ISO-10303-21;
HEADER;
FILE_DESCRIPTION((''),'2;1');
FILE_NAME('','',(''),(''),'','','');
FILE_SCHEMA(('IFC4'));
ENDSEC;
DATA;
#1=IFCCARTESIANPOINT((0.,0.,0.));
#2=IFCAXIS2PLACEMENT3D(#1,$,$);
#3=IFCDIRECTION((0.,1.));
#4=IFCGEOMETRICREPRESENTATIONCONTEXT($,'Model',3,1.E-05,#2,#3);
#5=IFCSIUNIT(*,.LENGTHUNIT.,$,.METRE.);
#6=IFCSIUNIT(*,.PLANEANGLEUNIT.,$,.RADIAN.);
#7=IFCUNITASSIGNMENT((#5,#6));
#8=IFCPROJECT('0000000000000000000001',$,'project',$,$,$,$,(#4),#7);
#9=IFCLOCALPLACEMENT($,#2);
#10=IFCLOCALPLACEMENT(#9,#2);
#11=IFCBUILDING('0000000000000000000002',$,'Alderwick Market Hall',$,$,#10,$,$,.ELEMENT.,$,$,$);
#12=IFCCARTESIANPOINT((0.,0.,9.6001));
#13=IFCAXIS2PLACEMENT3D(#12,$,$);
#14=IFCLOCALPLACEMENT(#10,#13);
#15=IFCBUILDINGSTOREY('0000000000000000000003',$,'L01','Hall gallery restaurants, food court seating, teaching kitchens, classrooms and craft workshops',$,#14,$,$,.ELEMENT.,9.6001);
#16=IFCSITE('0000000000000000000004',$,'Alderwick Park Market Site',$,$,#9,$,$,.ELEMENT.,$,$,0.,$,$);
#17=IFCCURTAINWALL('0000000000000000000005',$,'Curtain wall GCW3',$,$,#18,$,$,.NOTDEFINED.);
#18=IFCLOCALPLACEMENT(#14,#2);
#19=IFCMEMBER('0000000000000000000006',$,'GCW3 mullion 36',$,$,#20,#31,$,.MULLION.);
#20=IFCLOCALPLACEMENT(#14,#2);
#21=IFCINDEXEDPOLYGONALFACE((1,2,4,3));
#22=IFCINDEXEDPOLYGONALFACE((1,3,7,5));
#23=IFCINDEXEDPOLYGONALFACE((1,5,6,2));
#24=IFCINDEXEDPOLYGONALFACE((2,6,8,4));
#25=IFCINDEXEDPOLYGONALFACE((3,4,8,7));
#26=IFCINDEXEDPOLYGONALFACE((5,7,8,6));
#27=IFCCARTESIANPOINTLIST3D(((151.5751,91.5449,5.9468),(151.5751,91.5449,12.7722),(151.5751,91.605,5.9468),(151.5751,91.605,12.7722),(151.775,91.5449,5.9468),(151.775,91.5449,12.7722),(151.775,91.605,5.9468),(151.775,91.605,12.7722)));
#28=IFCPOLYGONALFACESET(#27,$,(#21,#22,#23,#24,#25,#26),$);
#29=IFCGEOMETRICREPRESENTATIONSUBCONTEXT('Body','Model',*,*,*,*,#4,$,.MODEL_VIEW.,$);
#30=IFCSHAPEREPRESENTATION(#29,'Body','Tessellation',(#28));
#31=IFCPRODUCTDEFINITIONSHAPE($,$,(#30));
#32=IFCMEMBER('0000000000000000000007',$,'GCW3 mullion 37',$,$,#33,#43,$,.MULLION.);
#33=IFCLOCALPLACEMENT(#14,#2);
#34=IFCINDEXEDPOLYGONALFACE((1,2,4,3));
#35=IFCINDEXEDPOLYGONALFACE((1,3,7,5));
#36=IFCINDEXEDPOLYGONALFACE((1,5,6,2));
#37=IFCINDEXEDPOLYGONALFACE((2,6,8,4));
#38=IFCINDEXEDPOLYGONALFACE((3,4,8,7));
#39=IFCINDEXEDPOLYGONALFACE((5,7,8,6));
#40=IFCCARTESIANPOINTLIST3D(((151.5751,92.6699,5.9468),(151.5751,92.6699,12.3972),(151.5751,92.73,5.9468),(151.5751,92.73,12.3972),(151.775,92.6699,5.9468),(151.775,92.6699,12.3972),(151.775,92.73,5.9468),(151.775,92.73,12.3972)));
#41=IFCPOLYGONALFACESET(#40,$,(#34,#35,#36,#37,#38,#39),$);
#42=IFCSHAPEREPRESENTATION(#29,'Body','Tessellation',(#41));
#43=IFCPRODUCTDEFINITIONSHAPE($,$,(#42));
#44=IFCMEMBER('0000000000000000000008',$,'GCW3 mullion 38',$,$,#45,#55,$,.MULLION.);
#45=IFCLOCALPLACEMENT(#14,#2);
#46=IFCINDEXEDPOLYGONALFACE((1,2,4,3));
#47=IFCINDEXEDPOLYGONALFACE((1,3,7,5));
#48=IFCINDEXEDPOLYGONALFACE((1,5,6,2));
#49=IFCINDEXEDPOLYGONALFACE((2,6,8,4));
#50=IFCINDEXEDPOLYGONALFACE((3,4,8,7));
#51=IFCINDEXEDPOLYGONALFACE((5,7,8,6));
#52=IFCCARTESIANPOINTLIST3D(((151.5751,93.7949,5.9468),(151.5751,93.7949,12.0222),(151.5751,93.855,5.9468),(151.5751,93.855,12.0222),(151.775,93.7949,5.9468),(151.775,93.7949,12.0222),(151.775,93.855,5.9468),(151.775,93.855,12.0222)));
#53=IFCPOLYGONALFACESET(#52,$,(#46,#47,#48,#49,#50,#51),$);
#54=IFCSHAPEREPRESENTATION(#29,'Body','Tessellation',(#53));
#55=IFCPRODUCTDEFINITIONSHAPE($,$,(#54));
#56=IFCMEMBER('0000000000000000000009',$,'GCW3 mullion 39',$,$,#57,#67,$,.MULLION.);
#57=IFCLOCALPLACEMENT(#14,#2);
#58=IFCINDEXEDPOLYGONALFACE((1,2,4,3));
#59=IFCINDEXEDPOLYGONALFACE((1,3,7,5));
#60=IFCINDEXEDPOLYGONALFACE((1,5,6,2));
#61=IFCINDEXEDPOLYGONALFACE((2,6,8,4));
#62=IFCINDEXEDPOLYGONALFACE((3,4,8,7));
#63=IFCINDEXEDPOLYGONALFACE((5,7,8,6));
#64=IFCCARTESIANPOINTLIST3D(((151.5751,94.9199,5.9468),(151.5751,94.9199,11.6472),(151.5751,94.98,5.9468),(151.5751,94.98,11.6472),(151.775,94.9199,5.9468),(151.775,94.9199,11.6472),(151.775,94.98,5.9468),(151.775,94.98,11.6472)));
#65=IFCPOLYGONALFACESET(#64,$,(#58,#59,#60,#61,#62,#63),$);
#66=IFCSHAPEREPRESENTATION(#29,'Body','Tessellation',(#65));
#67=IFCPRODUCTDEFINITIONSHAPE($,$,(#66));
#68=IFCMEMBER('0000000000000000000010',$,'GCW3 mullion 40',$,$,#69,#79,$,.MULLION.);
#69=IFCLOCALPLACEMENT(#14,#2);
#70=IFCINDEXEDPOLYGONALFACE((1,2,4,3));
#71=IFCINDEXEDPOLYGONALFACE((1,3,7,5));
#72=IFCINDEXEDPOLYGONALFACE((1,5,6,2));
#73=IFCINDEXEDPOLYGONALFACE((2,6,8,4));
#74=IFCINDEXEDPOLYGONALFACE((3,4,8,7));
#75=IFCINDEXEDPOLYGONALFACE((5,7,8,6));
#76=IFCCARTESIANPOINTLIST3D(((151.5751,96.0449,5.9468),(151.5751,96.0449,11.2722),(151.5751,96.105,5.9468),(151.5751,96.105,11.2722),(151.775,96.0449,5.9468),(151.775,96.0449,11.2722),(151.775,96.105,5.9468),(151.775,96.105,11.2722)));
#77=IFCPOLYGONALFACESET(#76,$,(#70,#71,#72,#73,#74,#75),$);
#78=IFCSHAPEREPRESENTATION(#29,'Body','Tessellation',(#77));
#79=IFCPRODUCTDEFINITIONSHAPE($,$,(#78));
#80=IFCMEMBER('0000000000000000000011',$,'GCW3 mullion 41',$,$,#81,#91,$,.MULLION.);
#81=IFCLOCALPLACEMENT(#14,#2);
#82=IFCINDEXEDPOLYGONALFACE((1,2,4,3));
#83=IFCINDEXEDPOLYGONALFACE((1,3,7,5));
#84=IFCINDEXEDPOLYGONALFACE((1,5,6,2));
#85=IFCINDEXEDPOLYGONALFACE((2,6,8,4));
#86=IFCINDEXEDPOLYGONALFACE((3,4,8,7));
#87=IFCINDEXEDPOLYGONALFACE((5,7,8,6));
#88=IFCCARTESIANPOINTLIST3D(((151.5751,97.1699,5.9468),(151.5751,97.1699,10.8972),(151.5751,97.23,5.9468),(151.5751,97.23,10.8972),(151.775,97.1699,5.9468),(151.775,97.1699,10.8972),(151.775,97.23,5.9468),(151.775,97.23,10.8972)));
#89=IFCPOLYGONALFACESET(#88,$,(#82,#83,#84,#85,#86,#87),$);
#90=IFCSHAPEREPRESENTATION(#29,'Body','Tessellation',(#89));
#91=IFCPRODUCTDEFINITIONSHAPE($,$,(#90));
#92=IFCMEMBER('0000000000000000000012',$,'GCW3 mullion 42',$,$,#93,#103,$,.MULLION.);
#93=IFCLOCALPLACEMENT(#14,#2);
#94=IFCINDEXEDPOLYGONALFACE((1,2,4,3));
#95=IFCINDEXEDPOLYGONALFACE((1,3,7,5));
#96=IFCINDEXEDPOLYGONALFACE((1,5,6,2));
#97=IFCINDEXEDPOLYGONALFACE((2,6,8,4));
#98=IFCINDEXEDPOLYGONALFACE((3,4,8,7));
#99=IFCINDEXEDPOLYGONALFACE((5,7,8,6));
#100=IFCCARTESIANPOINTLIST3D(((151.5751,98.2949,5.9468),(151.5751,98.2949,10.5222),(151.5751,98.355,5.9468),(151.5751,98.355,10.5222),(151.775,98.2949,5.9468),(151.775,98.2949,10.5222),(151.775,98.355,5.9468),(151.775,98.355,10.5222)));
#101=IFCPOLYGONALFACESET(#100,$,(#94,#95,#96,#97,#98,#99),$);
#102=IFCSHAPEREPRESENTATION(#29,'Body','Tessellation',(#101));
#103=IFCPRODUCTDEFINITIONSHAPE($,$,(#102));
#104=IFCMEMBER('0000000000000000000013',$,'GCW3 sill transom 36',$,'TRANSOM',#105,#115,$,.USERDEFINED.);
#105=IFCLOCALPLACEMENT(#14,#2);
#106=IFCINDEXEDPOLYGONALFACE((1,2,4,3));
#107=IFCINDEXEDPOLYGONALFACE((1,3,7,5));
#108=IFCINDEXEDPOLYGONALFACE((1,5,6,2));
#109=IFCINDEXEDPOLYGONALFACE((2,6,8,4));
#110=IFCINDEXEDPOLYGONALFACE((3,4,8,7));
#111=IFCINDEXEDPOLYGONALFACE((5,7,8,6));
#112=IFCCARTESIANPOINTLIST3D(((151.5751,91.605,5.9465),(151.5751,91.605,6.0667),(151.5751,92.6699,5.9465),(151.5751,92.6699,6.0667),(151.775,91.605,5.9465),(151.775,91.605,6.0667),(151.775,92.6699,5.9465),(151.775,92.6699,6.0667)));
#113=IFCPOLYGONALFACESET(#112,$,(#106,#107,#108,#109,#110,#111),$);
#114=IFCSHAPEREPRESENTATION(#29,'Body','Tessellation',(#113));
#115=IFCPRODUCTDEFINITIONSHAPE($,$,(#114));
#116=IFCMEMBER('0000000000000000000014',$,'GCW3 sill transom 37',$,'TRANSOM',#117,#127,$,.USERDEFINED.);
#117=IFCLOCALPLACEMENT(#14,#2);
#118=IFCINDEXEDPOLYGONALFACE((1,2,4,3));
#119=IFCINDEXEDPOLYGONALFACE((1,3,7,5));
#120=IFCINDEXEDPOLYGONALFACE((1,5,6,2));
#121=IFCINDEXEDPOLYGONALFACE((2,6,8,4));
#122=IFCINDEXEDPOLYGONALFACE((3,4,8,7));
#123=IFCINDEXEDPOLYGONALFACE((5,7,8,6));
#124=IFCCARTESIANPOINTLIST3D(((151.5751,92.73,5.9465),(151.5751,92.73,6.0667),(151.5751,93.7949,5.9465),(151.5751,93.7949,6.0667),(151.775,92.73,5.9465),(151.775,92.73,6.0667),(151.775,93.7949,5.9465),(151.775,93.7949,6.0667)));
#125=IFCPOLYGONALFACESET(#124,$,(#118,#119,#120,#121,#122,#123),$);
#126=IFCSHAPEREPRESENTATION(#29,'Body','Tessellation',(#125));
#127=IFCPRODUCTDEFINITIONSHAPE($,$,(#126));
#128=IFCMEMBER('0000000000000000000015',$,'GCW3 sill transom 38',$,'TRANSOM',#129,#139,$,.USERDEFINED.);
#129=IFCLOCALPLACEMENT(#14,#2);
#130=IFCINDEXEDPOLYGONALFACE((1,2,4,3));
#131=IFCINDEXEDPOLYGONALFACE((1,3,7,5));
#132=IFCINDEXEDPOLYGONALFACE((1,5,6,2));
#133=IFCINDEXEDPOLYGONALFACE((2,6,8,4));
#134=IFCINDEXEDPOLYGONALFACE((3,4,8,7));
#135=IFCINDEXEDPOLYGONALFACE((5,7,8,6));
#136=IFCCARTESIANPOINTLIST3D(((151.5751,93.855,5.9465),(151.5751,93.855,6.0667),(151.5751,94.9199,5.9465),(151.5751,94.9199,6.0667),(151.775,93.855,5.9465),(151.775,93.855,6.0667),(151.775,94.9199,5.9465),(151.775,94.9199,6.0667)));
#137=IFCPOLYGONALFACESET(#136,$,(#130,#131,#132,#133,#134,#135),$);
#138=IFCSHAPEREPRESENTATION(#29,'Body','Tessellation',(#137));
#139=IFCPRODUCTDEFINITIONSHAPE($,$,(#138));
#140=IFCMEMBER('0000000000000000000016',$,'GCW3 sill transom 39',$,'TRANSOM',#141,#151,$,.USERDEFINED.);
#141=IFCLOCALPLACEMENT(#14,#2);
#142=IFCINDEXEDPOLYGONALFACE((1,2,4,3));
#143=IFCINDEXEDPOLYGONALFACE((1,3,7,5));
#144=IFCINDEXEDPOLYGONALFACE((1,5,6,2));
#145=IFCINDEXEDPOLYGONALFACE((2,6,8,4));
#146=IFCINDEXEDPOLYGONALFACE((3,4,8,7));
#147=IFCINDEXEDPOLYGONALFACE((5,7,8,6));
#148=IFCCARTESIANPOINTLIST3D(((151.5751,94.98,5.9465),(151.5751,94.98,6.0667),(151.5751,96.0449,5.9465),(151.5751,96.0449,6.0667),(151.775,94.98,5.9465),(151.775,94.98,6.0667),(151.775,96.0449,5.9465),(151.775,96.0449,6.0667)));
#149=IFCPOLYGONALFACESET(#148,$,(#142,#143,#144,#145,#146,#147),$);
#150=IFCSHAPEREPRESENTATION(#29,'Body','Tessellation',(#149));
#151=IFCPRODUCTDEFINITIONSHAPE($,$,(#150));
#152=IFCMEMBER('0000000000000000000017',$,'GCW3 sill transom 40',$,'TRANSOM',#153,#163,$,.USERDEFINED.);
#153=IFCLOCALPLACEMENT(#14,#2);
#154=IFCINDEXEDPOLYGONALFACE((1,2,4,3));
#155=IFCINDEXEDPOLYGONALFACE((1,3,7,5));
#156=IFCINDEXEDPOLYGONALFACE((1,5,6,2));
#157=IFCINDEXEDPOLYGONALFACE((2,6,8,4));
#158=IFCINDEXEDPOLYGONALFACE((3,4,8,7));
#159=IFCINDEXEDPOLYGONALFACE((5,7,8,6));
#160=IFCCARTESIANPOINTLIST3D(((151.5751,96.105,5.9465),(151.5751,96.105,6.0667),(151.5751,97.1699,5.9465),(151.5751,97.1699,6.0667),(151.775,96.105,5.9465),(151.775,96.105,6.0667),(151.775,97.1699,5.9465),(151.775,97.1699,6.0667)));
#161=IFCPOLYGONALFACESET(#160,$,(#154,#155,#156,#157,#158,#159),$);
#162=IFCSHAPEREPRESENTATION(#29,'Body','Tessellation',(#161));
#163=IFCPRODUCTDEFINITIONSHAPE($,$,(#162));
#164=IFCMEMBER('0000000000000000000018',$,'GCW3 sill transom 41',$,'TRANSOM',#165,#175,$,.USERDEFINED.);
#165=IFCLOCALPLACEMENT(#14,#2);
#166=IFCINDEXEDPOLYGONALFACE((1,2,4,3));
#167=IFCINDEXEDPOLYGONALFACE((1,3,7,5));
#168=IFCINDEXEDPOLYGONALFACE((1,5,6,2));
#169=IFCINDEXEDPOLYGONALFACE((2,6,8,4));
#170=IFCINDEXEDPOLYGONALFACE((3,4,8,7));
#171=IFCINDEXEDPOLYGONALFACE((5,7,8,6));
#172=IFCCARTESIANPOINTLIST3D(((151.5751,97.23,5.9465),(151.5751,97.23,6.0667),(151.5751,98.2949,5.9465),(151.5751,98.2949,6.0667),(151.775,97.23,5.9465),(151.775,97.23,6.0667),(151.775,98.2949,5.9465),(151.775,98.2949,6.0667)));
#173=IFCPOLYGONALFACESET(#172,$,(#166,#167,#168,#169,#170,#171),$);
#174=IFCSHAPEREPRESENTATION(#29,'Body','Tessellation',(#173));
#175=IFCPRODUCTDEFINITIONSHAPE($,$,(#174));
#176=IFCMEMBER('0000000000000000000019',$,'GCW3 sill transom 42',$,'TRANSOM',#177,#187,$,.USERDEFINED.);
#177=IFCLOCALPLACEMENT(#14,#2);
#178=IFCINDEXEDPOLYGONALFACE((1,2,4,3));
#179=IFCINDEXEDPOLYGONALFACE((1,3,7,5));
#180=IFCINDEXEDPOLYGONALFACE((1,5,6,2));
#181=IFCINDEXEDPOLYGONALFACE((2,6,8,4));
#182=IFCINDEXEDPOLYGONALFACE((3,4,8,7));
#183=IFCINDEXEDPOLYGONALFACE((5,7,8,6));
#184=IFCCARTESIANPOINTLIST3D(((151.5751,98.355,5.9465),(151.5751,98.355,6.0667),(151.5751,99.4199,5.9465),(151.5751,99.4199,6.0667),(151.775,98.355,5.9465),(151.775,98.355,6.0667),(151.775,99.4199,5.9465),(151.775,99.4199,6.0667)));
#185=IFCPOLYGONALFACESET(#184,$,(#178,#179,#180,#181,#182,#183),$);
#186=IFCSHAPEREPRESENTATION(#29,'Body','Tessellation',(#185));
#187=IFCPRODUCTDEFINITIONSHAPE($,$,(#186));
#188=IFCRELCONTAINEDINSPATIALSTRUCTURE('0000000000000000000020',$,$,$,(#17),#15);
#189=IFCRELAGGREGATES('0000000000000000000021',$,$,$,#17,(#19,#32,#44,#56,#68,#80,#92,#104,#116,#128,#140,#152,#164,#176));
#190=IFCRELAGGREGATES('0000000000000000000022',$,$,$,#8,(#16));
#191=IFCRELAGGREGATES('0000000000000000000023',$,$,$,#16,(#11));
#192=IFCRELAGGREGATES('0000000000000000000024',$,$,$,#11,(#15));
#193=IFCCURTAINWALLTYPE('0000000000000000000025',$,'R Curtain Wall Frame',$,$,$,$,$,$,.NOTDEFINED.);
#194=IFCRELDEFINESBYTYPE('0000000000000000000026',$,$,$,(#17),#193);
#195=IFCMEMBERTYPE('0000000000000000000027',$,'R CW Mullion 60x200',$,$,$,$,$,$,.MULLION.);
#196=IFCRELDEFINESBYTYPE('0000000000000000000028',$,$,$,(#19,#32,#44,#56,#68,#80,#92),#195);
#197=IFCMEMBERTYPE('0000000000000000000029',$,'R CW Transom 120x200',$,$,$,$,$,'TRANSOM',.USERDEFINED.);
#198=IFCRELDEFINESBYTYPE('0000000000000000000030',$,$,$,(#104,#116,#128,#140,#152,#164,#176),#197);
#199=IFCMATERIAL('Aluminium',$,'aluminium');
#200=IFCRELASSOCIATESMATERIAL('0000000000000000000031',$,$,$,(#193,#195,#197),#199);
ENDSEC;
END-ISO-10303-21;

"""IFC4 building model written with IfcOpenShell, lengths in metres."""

from ifc_helpers import new_model, si_unit, direction, frame, origin, origin_2d, place, context, subcontext, project, spatial, rectangle, extrude, material, material_profile, profile_set, type_object, element, aggregate, save


model = new_model("IFC4")

# Units and contexts
model_context = context("Model", 3, precision=1e-05, world=origin(), true_north=direction((0.0, 1.0)))
body_context = subcontext(model_context, "Body", "Model", "MODEL_VIEW")
ifc_project = project(units=[si_unit("LENGTHUNIT", "METRE"), si_unit("PLANEANGLEUNIT", "RADIAN")], contexts=[model_context])

# Site, building, storey
site_placement = place(None, origin())
site = spatial("IfcSite", under=ifc_project, at=site_placement, Name="Alderwick Park Market Site", CompositionType="ELEMENT", RefElevation=0.0)
building_placement = place(site_placement, origin())
building = spatial("IfcBuilding", under=site, at=building_placement, Name="Alderwick Market Hall", CompositionType="ELEMENT")
storey_placement = place(building_placement, frame((0.0, 0.0, 9.6001)))
storey = spatial("IfcBuildingStorey", under=building, at=storey_placement, Name="L01", Description="Hall gallery restaurants, food court seating, teaching kitchens, classrooms and craft workshops", CompositionType="ELEMENT", Elevation=9.6001)

# Curtain wall, members
ifc_material_1 = material(Name="Aluminium", Category="aluminium")
curtain_wall_type = type_object("IfcCurtainWallType", Name="R Curtain Wall Frame", PredefinedType="NOTDEFINED", material=ifc_material_1)
curtain_wall_placement = place(storey_placement, origin())
curtain_wall = element("IfcCurtainWall", 1, at=curtain_wall_placement, inside=storey, type_object=curtain_wall_type, Name="Curtain wall GCW3", PredefinedType="NOTDEFINED")
ifc_material_profile_1 = material_profile(ifc_material_1, rectangle(XDim=0.2, YDim=0.0601, at=origin_2d()), Name="AL 60x200")
ifc_profile_set_1 = profile_set([ifc_material_profile_1], Name="Aluminium")
member_type_1 = type_object("IfcMemberType", Name="R CW Mullion 60x200", PredefinedType="MULLION", material=ifc_profile_set_1)
member_1_placement = place(storey_placement, frame((151.675, 91.575, 5.9468), z_axis=(0.0, 0.0, 1.0), x_axis=(1.0, 0.0, 0.0)))
member_1 = element("IfcMember", 2, at=member_1_placement, type_object=member_type_1, Name="GCW3 mullion 36", PredefinedType="MULLION", context=body_context, shape_type="SweptSolid", body=[
    extrude(rectangle(XDim=0.2, YDim=0.0601, at=origin_2d()), origin(), (0.0, 0.0, 1.0), 6.8254),
])
member_2_placement = place(storey_placement, frame((151.675, 92.7, 5.9468), z_axis=(0.0, 0.0, 1.0), x_axis=(1.0, 0.0, 0.0)))
member_2 = element("IfcMember", 3, at=member_2_placement, type_object=member_type_1, Name="GCW3 mullion 37", PredefinedType="MULLION", context=body_context, shape_type="SweptSolid", body=[
    extrude(rectangle(XDim=0.2, YDim=0.0601, at=origin_2d()), origin(), (0.0, 0.0, 1.0), 6.4504),
])
member_3_placement = place(storey_placement, frame((151.675, 93.825, 5.9468), z_axis=(0.0, 0.0, 1.0), x_axis=(1.0, 0.0, 0.0)))
member_3 = element("IfcMember", 4, at=member_3_placement, type_object=member_type_1, Name="GCW3 mullion 38", PredefinedType="MULLION", context=body_context, shape_type="SweptSolid", body=[
    extrude(rectangle(XDim=0.2, YDim=0.0601, at=origin_2d()), origin(), (0.0, 0.0, 1.0), 6.0754),
])
member_4_placement = place(storey_placement, frame((151.675, 94.95, 5.9468), z_axis=(0.0, 0.0, 1.0), x_axis=(1.0, 0.0, 0.0)))
member_4 = element("IfcMember", 5, at=member_4_placement, type_object=member_type_1, Name="GCW3 mullion 39", PredefinedType="MULLION", context=body_context, shape_type="SweptSolid", body=[
    extrude(rectangle(XDim=0.2, YDim=0.0601, at=origin_2d()), origin(), (0.0, 0.0, 1.0), 5.7004),
])
member_5_placement = place(storey_placement, frame((151.675, 96.075, 5.9468), z_axis=(0.0, 0.0, 1.0), x_axis=(1.0, 0.0, 0.0)))
member_5 = element("IfcMember", 6, at=member_5_placement, type_object=member_type_1, Name="GCW3 mullion 40", PredefinedType="MULLION", context=body_context, shape_type="SweptSolid", body=[
    extrude(rectangle(XDim=0.2, YDim=0.0601, at=origin_2d()), origin(), (0.0, 0.0, 1.0), 5.3254),
])
member_6_placement = place(storey_placement, frame((151.675, 97.2, 5.9468), z_axis=(0.0, 0.0, 1.0), x_axis=(1.0, 0.0, 0.0)))
member_6 = element("IfcMember", 7, at=member_6_placement, type_object=member_type_1, Name="GCW3 mullion 41", PredefinedType="MULLION", context=body_context, shape_type="SweptSolid", body=[
    extrude(rectangle(XDim=0.2, YDim=0.0601, at=origin_2d()), origin(), (0.0, 0.0, 1.0), 4.9504),
])
member_7_placement = place(storey_placement, frame((151.675, 98.325, 5.9468), z_axis=(0.0, 0.0, 1.0), x_axis=(1.0, 0.0, 0.0)))
member_7 = element("IfcMember", 8, at=member_7_placement, type_object=member_type_1, Name="GCW3 mullion 42", PredefinedType="MULLION", context=body_context, shape_type="SweptSolid", body=[
    extrude(rectangle(XDim=0.2, YDim=0.0601, at=origin_2d()), origin(), (0.0, 0.0, 1.0), 4.5754),
])
ifc_material_profile_2 = material_profile(ifc_material_1, rectangle(XDim=0.2, YDim=0.1201, at=origin_2d()), Name="AL 120x200")
ifc_profile_set_2 = profile_set([ifc_material_profile_2], Name="Aluminium")
member_type_2 = type_object("IfcMemberType", Name="R CW Transom 120x200", ElementType="TRANSOM", PredefinedType="USERDEFINED", material=ifc_profile_set_2)
member_8_placement = place(storey_placement, frame((151.675, 91.605, 6.0066), z_axis=(0.0, 1.0, 0.0), x_axis=(-1.0, 0.0, 0.0)))
member_8 = element("IfcMember", 9, at=member_8_placement, type_object=member_type_2, Name="GCW3 sill transom 36", ObjectType="TRANSOM", PredefinedType="USERDEFINED", context=body_context, shape_type="SweptSolid", body=[
    extrude(rectangle(XDim=0.2, YDim=0.1201, at=origin_2d()), origin(), (0.0, 0.0, 1.0), 1.0649),
])
member_9_placement = place(storey_placement, frame((151.675, 92.73, 6.0066), z_axis=(0.0, 1.0, 0.0), x_axis=(-1.0, 0.0, 0.0)))
member_9 = element("IfcMember", 10, at=member_9_placement, type_object=member_type_2, Name="GCW3 sill transom 37", ObjectType="TRANSOM", PredefinedType="USERDEFINED", context=body_context, shape_type="SweptSolid", body=[
    extrude(rectangle(XDim=0.2, YDim=0.1201, at=origin_2d()), origin(), (0.0, 0.0, 1.0), 1.0649),
])
member_10_placement = place(storey_placement, frame((151.675, 93.855, 6.0066), z_axis=(0.0, 1.0, 0.0), x_axis=(-1.0, 0.0, 0.0)))
member_10 = element("IfcMember", 11, at=member_10_placement, type_object=member_type_2, Name="GCW3 sill transom 38", ObjectType="TRANSOM", PredefinedType="USERDEFINED", context=body_context, shape_type="SweptSolid", body=[
    extrude(rectangle(XDim=0.2, YDim=0.1201, at=origin_2d()), origin(), (0.0, 0.0, 1.0), 1.0649),
])
member_11_placement = place(storey_placement, frame((151.675, 94.98, 6.0066), z_axis=(0.0, 1.0, 0.0), x_axis=(-1.0, 0.0, 0.0)))
member_11 = element("IfcMember", 12, at=member_11_placement, type_object=member_type_2, Name="GCW3 sill transom 39", ObjectType="TRANSOM", PredefinedType="USERDEFINED", context=body_context, shape_type="SweptSolid", body=[
    extrude(rectangle(XDim=0.2, YDim=0.1201, at=origin_2d()), origin(), (0.0, 0.0, 1.0), 1.0649),
])
member_12_placement = place(storey_placement, frame((151.675, 96.105, 6.0066), z_axis=(0.0, 1.0, 0.0), x_axis=(-1.0, 0.0, 0.0)))
member_12 = element("IfcMember", 13, at=member_12_placement, type_object=member_type_2, Name="GCW3 sill transom 40", ObjectType="TRANSOM", PredefinedType="USERDEFINED", context=body_context, shape_type="SweptSolid", body=[
    extrude(rectangle(XDim=0.2, YDim=0.1201, at=origin_2d()), origin(), (0.0, 0.0, 1.0), 1.0649),
])
member_13_placement = place(storey_placement, frame((151.675, 97.23, 6.0066), z_axis=(0.0, 1.0, 0.0), x_axis=(-1.0, 0.0, 0.0)))
member_13 = element("IfcMember", 14, at=member_13_placement, type_object=member_type_2, Name="GCW3 sill transom 41", ObjectType="TRANSOM", PredefinedType="USERDEFINED", context=body_context, shape_type="SweptSolid", body=[
    extrude(rectangle(XDim=0.2, YDim=0.1201, at=origin_2d()), origin(), (0.0, 0.0, 1.0), 1.0649),
])
member_14_placement = place(storey_placement, frame((151.675, 98.355, 6.0066), z_axis=(0.0, 1.0, 0.0), x_axis=(-1.0, 0.0, 0.0)))
member_14 = element("IfcMember", 15, at=member_14_placement, type_object=member_type_2, Name="GCW3 sill transom 42", ObjectType="TRANSOM", PredefinedType="USERDEFINED", context=body_context, shape_type="SweptSolid", body=[
    extrude(rectangle(XDim=0.2, YDim=0.1201, at=origin_2d()), origin(), (0.0, 0.0, 1.0), 1.0649),
])
aggregate(curtain_wall, [member_1, member_2, member_3, member_4, member_5, member_6, member_7, member_8, member_9, member_10, member_11, member_12, member_13, member_14])

save(model, "model.ifc")
